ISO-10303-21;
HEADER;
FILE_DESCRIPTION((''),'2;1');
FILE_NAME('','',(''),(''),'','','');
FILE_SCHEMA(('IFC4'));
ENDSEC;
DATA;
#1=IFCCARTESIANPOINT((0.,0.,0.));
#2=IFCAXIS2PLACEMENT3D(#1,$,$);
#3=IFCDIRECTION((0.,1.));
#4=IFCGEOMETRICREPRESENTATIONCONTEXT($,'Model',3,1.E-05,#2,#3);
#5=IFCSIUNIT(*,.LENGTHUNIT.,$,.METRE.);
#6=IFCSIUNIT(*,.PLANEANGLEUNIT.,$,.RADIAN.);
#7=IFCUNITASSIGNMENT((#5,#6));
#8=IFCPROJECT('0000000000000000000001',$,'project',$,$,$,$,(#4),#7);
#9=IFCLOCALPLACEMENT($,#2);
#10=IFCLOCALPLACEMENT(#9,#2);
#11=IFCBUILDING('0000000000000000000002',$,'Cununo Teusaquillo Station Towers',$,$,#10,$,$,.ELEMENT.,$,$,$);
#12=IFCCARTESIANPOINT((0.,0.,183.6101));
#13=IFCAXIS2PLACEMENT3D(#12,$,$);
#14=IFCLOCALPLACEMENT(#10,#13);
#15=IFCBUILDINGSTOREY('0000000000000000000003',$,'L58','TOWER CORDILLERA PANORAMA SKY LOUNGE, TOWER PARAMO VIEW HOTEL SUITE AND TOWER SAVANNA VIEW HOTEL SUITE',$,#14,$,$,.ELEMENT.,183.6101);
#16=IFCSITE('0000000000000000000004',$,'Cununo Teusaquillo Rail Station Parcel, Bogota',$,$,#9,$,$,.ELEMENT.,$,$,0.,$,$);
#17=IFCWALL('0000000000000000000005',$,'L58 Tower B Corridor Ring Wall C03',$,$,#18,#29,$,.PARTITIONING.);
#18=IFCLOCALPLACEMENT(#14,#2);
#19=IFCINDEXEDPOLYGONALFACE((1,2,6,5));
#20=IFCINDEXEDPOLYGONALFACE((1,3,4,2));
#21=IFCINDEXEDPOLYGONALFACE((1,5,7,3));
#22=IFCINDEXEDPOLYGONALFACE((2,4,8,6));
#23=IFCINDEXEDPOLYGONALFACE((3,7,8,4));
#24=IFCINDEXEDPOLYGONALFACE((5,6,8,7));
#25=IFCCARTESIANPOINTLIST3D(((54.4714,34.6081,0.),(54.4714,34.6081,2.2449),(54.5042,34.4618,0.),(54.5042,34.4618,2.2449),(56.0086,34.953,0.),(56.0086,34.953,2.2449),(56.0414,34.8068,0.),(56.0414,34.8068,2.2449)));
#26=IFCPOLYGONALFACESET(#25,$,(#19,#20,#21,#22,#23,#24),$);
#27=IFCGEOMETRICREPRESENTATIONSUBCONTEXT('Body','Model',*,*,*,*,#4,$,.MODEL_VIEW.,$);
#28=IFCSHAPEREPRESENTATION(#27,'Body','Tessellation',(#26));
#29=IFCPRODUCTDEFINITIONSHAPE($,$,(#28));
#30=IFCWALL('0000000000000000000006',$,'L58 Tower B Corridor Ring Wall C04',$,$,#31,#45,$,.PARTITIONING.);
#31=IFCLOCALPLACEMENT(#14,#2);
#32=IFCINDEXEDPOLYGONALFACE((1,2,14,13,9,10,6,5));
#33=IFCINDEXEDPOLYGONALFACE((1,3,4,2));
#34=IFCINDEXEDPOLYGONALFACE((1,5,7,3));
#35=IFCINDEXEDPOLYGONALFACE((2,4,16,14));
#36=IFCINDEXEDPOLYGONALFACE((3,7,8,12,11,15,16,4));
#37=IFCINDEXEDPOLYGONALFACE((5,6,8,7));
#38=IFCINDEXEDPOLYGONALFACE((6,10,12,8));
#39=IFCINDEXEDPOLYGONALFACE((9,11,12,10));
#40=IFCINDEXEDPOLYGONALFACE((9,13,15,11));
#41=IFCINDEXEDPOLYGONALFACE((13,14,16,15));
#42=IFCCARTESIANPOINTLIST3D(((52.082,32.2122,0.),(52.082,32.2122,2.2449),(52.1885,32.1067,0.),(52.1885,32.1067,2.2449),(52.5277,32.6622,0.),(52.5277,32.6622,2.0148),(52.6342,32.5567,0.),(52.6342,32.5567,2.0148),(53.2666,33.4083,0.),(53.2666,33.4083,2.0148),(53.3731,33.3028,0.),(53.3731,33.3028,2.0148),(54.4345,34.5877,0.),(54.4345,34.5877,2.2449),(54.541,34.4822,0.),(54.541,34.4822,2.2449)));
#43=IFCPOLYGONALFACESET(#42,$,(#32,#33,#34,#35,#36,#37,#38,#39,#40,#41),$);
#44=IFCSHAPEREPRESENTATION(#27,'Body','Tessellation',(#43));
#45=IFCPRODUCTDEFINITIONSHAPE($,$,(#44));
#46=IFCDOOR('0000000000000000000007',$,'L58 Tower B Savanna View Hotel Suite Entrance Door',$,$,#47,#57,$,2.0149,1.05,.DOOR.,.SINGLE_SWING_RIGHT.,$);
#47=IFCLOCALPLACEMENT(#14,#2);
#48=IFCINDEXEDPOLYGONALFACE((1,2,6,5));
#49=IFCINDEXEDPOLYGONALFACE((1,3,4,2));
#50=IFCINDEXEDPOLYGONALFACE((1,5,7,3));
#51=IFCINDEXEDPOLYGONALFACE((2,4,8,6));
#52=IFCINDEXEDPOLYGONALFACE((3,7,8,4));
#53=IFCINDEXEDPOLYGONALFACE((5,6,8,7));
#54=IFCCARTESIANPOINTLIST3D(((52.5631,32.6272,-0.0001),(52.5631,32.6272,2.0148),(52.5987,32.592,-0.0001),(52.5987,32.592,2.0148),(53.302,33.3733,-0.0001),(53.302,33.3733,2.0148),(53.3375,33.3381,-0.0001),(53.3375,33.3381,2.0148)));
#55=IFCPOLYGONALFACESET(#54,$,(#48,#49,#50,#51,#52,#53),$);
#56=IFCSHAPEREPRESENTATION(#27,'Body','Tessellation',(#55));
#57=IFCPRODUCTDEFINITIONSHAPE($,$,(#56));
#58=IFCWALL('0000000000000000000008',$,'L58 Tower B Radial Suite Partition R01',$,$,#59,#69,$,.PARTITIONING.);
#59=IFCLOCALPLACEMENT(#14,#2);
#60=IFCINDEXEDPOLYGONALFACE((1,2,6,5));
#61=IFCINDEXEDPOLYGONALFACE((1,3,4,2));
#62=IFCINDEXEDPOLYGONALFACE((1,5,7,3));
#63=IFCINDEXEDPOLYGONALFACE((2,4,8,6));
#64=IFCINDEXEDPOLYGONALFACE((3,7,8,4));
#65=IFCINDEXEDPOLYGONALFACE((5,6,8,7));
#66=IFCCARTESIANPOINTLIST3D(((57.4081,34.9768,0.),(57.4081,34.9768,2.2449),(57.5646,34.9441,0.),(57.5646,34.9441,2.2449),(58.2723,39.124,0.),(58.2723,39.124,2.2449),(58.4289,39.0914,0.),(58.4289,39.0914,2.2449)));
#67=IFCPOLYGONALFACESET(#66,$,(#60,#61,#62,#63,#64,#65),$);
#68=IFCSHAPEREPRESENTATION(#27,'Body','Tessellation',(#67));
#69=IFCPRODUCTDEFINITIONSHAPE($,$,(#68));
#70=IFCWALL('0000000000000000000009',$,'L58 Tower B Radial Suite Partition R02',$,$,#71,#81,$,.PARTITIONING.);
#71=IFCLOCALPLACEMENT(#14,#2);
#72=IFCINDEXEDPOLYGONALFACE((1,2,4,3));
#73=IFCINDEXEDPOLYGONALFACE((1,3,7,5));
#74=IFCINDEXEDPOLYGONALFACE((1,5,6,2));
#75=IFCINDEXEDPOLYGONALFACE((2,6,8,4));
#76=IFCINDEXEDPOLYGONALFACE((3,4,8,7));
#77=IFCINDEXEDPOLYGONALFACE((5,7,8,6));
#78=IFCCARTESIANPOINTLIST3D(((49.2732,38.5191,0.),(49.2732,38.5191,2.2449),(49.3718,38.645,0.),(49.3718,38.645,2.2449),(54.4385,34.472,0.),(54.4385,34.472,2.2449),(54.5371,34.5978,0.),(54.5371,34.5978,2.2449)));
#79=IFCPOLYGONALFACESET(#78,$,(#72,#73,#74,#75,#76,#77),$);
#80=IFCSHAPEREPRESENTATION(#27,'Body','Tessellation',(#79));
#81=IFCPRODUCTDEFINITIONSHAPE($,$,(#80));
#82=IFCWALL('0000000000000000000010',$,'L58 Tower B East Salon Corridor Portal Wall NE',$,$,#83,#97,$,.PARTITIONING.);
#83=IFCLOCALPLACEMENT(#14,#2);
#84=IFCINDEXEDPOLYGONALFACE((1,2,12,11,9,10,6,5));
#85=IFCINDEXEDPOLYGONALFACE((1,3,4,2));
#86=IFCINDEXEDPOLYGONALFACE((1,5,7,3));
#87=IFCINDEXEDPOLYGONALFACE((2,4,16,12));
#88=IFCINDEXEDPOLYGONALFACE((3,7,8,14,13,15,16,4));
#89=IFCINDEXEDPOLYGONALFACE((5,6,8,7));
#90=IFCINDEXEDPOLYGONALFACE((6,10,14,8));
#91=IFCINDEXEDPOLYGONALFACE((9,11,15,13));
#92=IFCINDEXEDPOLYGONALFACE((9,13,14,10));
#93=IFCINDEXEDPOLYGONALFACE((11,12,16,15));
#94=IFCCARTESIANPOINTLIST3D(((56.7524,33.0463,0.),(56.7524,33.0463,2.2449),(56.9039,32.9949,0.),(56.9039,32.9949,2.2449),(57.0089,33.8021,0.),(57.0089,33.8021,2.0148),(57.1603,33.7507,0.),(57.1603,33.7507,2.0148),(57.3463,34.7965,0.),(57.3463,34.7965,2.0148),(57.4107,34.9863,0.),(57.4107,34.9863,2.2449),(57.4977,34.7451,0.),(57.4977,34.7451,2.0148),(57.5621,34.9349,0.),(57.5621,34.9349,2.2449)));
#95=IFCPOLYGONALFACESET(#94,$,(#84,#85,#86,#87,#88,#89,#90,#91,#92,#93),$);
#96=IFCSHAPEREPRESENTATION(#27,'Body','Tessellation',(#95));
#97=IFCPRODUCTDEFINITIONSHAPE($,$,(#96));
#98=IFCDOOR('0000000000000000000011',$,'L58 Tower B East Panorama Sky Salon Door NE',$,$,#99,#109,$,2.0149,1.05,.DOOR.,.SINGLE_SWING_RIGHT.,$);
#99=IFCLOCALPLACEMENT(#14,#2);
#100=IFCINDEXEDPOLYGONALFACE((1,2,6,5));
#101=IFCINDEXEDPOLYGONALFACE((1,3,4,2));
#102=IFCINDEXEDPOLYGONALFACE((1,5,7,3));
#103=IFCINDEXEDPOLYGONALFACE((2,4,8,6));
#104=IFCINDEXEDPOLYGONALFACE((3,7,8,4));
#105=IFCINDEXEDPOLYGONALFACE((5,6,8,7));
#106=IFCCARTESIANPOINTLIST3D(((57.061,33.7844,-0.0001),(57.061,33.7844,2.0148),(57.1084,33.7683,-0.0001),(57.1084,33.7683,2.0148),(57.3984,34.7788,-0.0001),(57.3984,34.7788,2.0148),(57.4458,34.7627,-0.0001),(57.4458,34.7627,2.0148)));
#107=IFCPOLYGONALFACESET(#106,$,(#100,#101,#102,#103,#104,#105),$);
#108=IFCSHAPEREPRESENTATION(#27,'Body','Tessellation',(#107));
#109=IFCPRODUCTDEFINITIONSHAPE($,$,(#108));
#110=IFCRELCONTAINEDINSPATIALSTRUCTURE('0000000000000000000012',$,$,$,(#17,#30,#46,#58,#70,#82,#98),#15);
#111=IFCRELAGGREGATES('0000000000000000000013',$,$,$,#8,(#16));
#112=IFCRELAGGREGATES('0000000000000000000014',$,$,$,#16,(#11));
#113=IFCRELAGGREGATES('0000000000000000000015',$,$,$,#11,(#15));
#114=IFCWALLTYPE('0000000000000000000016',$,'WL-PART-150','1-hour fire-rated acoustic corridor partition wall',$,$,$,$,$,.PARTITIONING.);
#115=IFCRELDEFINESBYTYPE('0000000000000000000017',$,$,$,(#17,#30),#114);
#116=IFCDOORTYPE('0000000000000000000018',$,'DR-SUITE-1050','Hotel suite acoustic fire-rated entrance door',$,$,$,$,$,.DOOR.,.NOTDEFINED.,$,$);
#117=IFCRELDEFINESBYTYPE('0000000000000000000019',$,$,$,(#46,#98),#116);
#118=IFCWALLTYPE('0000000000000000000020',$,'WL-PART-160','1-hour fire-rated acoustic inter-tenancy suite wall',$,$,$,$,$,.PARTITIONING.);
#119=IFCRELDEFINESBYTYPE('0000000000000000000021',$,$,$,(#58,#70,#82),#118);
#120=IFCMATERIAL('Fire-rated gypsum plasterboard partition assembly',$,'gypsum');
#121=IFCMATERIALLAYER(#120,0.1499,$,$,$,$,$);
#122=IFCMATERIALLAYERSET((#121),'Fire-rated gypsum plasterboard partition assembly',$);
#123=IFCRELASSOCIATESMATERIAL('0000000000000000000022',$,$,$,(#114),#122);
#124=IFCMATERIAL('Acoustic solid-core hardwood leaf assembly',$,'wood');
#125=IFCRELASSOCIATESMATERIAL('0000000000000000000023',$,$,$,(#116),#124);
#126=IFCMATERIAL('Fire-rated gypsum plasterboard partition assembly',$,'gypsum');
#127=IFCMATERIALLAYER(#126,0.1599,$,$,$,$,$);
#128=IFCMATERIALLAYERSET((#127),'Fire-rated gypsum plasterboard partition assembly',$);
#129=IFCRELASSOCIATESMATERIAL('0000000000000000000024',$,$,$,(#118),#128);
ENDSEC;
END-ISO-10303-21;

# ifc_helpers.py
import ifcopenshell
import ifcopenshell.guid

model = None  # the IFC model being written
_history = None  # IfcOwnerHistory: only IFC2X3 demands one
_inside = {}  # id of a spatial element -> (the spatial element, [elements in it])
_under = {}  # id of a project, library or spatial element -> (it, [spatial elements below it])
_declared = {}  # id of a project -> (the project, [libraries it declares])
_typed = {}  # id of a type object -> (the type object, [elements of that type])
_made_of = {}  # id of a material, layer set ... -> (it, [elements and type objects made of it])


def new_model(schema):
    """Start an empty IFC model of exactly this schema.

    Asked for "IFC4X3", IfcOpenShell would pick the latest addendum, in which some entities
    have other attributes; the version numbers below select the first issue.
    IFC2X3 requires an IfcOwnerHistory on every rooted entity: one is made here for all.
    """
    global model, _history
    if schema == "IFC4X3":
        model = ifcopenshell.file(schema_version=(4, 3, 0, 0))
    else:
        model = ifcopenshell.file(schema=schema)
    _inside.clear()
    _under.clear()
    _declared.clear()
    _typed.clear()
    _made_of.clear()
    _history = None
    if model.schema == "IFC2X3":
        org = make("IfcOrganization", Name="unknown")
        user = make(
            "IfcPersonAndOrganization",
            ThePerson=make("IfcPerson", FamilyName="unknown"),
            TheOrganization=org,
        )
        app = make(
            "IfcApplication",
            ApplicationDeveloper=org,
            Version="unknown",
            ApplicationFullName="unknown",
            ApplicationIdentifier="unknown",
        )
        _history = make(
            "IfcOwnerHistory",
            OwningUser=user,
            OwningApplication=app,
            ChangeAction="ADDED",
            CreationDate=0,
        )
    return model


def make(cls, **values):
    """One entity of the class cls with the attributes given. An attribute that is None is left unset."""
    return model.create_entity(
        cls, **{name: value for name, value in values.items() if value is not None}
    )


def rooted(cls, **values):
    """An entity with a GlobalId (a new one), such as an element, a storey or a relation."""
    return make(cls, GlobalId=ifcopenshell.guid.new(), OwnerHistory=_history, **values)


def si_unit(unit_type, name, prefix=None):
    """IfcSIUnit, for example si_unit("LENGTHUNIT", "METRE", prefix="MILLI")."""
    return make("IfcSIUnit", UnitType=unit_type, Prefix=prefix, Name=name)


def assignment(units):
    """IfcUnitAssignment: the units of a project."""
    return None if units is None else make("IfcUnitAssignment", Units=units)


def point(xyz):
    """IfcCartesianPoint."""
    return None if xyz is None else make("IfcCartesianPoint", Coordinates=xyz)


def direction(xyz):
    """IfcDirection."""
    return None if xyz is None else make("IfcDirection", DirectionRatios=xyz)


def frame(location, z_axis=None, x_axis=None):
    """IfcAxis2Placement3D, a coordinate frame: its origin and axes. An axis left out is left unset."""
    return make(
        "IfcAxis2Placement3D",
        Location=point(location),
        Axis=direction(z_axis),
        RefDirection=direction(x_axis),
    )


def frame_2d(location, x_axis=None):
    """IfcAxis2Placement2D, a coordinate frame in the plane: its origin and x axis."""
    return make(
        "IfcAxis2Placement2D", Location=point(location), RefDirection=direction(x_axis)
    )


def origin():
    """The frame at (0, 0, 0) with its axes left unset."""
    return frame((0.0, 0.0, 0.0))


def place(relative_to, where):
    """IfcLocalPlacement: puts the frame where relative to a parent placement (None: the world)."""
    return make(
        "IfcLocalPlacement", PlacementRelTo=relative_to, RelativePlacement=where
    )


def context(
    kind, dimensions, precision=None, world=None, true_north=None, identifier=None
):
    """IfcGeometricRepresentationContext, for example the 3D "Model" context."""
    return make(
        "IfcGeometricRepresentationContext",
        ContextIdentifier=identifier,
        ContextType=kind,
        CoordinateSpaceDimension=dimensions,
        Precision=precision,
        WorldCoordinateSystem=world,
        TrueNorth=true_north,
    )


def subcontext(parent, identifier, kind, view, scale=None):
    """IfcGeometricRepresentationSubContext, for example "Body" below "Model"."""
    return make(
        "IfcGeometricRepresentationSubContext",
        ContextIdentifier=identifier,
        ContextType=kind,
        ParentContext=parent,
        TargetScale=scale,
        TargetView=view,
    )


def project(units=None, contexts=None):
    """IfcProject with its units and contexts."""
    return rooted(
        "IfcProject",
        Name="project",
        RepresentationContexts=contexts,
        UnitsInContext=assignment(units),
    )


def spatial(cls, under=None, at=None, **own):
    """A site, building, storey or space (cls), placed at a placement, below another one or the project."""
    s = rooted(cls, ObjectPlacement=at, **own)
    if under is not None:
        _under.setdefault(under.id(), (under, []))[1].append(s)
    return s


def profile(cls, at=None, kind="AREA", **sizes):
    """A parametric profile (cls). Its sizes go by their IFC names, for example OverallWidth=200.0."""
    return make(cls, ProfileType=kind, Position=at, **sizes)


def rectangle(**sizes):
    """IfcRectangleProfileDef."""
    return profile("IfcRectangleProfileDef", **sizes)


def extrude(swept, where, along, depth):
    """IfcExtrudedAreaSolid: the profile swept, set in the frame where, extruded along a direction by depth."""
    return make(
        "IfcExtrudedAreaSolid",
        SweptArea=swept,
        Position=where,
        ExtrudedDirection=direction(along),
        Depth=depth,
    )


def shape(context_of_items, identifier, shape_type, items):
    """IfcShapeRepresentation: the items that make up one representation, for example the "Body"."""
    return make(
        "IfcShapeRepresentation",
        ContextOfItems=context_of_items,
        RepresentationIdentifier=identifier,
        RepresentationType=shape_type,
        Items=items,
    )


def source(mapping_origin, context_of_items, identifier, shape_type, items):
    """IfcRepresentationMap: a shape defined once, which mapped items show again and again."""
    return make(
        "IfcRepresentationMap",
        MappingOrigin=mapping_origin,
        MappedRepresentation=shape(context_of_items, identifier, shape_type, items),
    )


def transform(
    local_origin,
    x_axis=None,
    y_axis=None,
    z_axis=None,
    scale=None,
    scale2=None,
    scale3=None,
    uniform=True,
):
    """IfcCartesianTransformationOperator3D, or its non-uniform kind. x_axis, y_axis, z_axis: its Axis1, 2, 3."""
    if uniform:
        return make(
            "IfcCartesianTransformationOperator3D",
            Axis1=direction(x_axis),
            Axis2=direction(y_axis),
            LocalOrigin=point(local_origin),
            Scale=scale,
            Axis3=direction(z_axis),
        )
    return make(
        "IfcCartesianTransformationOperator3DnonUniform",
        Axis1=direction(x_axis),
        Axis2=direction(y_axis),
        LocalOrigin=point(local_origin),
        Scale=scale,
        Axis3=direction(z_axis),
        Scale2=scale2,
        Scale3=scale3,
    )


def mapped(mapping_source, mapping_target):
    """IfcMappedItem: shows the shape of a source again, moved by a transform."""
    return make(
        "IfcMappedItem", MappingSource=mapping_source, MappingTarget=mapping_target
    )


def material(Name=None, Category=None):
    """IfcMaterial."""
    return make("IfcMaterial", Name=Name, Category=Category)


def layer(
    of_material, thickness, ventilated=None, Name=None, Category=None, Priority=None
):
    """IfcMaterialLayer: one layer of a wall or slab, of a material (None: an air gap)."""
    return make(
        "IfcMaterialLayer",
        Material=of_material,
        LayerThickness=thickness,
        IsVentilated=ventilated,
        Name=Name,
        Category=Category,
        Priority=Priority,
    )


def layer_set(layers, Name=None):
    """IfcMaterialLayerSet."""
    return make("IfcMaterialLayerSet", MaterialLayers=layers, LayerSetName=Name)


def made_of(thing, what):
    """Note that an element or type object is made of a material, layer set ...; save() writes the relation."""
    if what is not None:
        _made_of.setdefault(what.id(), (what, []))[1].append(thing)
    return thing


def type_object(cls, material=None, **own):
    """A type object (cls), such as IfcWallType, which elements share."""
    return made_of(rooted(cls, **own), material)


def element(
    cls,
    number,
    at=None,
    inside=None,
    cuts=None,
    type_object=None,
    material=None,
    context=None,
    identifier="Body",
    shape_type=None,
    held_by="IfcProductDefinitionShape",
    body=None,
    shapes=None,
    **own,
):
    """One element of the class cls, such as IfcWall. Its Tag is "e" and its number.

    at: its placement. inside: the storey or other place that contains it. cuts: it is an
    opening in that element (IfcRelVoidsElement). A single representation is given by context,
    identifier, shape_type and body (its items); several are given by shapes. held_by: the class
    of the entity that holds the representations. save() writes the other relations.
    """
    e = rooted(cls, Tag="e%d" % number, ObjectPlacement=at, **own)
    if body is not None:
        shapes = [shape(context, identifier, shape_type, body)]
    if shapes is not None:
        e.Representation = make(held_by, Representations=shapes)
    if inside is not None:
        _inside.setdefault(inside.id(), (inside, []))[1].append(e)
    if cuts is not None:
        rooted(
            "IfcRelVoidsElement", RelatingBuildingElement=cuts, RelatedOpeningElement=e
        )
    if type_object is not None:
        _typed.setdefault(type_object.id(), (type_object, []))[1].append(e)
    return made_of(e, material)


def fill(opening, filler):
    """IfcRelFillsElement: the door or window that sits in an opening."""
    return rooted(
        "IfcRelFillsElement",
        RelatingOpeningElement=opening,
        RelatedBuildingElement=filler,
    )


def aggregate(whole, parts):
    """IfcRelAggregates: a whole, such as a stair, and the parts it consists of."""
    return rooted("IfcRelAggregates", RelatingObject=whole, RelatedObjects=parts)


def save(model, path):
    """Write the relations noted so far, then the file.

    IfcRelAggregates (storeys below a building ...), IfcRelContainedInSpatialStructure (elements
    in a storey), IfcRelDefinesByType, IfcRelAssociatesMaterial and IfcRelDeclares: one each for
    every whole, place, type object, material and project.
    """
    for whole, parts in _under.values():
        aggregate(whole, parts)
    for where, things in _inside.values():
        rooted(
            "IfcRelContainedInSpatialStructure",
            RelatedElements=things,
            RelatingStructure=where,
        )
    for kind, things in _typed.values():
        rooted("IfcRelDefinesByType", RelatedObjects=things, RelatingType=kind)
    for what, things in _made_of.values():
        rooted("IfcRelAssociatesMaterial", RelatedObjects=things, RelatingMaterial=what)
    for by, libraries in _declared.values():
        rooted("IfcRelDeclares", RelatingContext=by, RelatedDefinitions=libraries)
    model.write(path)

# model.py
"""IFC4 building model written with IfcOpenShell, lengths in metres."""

from ifc_helpers import new_model, si_unit, direction, frame, frame_2d, origin, place, context, subcontext, project, spatial, rectangle, extrude, source, transform, mapped, material, layer, layer_set, type_object, element, fill, save


model = new_model("IFC4")

# Units and contexts
model_context = context("Model", 3, precision=1e-05, world=origin(), true_north=direction((0.0, 1.0)))
body_context = subcontext(model_context, "Body", "Model", "MODEL_VIEW")
ifc_project = project(units=[si_unit("LENGTHUNIT", "METRE"), si_unit("PLANEANGLEUNIT", "RADIAN")], contexts=[model_context])

# Site, building, storey
site_placement = place(None, origin())
site = spatial("IfcSite", under=ifc_project, at=site_placement, Name="Cununo Teusaquillo Rail Station Parcel, Bogota", CompositionType="ELEMENT", RefElevation=0.0)
building_placement = place(site_placement, origin())
building = spatial("IfcBuilding", under=site, at=building_placement, Name="Cununo Teusaquillo Station Towers", CompositionType="ELEMENT")
storey_placement = place(building_placement, frame((0.0, 0.0, 183.6101)))
storey = spatial("IfcBuildingStorey", under=building, at=storey_placement, Name="L58", Description="TOWER CORDILLERA PANORAMA SKY LOUNGE, TOWER PARAMO VIEW HOTEL SUITE AND TOWER SAVANNA VIEW HOTEL SUITE", CompositionType="ELEMENT", Elevation=183.6101)

# Shared definitions
ifc_material_1 = material(Name="Fire-rated gypsum plasterboard partition assembly", Category="gypsum")
ifc_layer_1 = layer(ifc_material_1, 0.1499)
ifc_layer_set_1 = layer_set([ifc_layer_1], Name="Fire-rated gypsum plasterboard partition assembly")
wall_type_1 = type_object("IfcWallType", Name="WL-PART-150", Description="1-hour fire-rated acoustic corridor partition wall", PredefinedType="PARTITIONING", material=ifc_layer_set_1)
shared_shape_1 = source(origin(), body_context, "Body", "SweptSolid", [
    extrude(rectangle(XDim=1.05, YDim=2.0149, at=frame_2d((0.5249, 1.0073))), frame((0.0, 0.085, 0.0), z_axis=(0.0, -1.0, 0.0), x_axis=(1.0, 0.0, 0.0)), (0.0, 0.0, 1.0), 0.1699),
])
ifc_material_2 = material(Name="Acoustic solid-core hardwood leaf assembly", Category="wood")
door_type_1 = type_object("IfcDoorType", Name="DR-SUITE-1050", Description="Hotel suite acoustic fire-rated entrance door", OperationType="NOTDEFINED", PredefinedType="DOOR", material=ifc_material_2)
shared_shape_2 = source(origin(), body_context, "Body", "SweptSolid", [
    extrude(rectangle(XDim=1.05, YDim=2.0149, at=frame_2d((0.5249, 1.0073))), frame((0.0, 0.0249, 0.0), z_axis=(0.0, -1.0, 0.0), x_axis=(1.0, 0.0, 0.0)), (0.0, 0.0, 1.0), 0.05),
])

# Wall
wall_1_placement = place(storey_placement, frame((56.0249, 34.8799, 0.0), z_axis=(0.0, 0.0, 1.0), x_axis=(-0.975729, -0.218981, 0.0)))
element("IfcWall", 1, at=wall_1_placement, inside=storey, type_object=wall_type_1, Name="L58 Tower B Corridor Ring Wall C03", PredefinedType="PARTITIONING", context=body_context, shape_type="SweptSolid", body=[
    extrude(rectangle(XDim=1.5754, YDim=0.1499, at=frame_2d((0.7876, 0.0))), origin(), (0.0, 0.0, 1.0), 2.2449),
])

# Wall, opening, door
wall_2_placement = place(storey_placement, frame((54.4878, 34.5349, 0.0), z_axis=(0.0, 0.0, 1.0), x_axis=(-0.703666, -0.710531, 0.0)))
wall_2 = element("IfcWall", 2, at=wall_2_placement, inside=storey, type_object=wall_type_1, Name="L58 Tower B Corridor Ring Wall C04", PredefinedType="PARTITIONING", context=body_context, shape_type="SweptSolid", body=[
    extrude(rectangle(XDim=3.3433, YDim=0.1499, at=frame_2d((1.6716, 0.0))), origin(), (0.0, 0.0, 1.0), 2.2449),
])
opening_1_placement = place(wall_2_placement, frame((1.6599, 0.0, 0.0)))
opening_1 = element("IfcOpeningElement", 3, at=opening_1_placement, cuts=wall_2, PredefinedType="OPENING", context=body_context, shape_type="MappedRepresentation", body=[
    mapped(shared_shape_1, transform((0.0, 0.0, 0.0), x_axis=(1.0, 0.0, 0.0), y_axis=(0.0, 1.0, 0.0), z_axis=(0.0, 0.0, 1.0), scale=1.0)),
])
door_1_placement = place(opening_1_placement, origin())
door_1 = element("IfcDoor", 4, at=door_1_placement, inside=storey, type_object=door_type_1, Name="L58 Tower B Savanna View Hotel Suite Entrance Door", OperationType="SINGLE_SWING_RIGHT", OverallHeight=2.0149, OverallWidth=1.05, PredefinedType="DOOR", context=body_context, shape_type="MappedRepresentation", body=[
    mapped(shared_shape_2, transform((0.0, 0.0, 0.0), x_axis=(1.0, 0.0, 0.0), y_axis=(0.0, 1.0, 0.0), z_axis=(0.0, 0.0, 1.0), scale=1.0)),
])
fill(opening_1, door_1)

# Walls
ifc_material_3 = material(Name="Fire-rated gypsum plasterboard partition assembly", Category="gypsum")
ifc_layer_2 = layer(ifc_material_3, 0.1599)
ifc_layer_set_2 = layer_set([ifc_layer_2], Name="Fire-rated gypsum plasterboard partition assembly")
wall_type_2 = type_object("IfcWallType", Name="WL-PART-160", Description="1-hour fire-rated acoustic inter-tenancy suite wall", PredefinedType="PARTITIONING", material=ifc_layer_set_2)
wall_3_placement = place(storey_placement, frame((57.4863, 34.9604, 0.0), z_axis=(0.0, 0.0, 1.0), x_axis=(0.204012, 0.978968, 0.0)))
element("IfcWall", 5, at=wall_3_placement, inside=storey, type_object=wall_type_2, Name="L58 Tower B Radial Suite Partition R01", PredefinedType="PARTITIONING", context=body_context, shape_type="SweptSolid", body=[
    extrude(rectangle(XDim=4.2363, YDim=0.1599, at=frame_2d((2.1182, 0.0))), origin(), (0.0, 0.0, 1.0), 2.2449),
])
wall_4_placement = place(storey_placement, frame((54.4878, 34.5349, 0.0), z_axis=(0.0, 0.0, 1.0), x_axis=(-0.787156, 0.616755, 0.0)))
element("IfcWall", 6, at=wall_4_placement, inside=storey, type_object=wall_type_2, Name="L58 Tower B Radial Suite Partition R02", PredefinedType="PARTITIONING", context=body_context, shape_type="SweptSolid", body=[
    extrude(rectangle(XDim=6.562, YDim=0.1599, at=frame_2d((3.281, 0.0))), origin(), (0.0, 0.0, 1.0), 2.2449),
])

# Wall, opening, door
wall_5_placement = place(storey_placement, frame((56.8281, 33.0205, 0.0), z_axis=(0.0, 0.0, 1.0), x_axis=(0.3213, 0.946977, 0.0)))
wall_5 = element("IfcWall", 7, at=wall_5_placement, inside=storey, type_object=wall_type_2, Name="L58 Tower B East Salon Corridor Portal Wall NE", PredefinedType="PARTITIONING", context=body_context, shape_type="SweptSolid", body=[
    extrude(rectangle(XDim=2.0486, YDim=0.1599, at=frame_2d((1.0244, 0.0))), origin(), (0.0, 0.0, 1.0), 2.2449),
])
shared_shape_3 = source(origin(), body_context, "Body", "SweptSolid", [
    extrude(rectangle(XDim=1.05, YDim=2.0149, at=frame_2d((0.5249, 1.0073))), frame((0.0, 0.0898, 0.0), z_axis=(0.0, -1.0, 0.0), x_axis=(1.0, 0.0, 0.0)), (0.0, 0.0, 1.0), 0.1799),
])
opening_2_placement = place(wall_5_placement, frame((0.7983, 0.0, 0.0)))
opening_2 = element("IfcOpeningElement", 8, at=opening_2_placement, cuts=wall_5, PredefinedType="OPENING", context=body_context, shape_type="MappedRepresentation", body=[
    mapped(shared_shape_3, transform((0.0, 0.0, 0.0), x_axis=(1.0, 0.0, 0.0), y_axis=(0.0, 1.0, 0.0), z_axis=(0.0, 0.0, 1.0), scale=1.0)),
])
door_2_placement = place(opening_2_placement, origin())
door_2 = element("IfcDoor", 9, at=door_2_placement, inside=storey, type_object=door_type_1, Name="L58 Tower B East Panorama Sky Salon Door NE", OperationType="SINGLE_SWING_RIGHT", OverallHeight=2.0149, OverallWidth=1.05, PredefinedType="DOOR", context=body_context, shape_type="MappedRepresentation", body=[
    mapped(shared_shape_2, transform((0.0, 0.0, 0.0), x_axis=(1.0, 0.0, 0.0), y_axis=(0.0, 1.0, 0.0), z_axis=(0.0, 0.0, 1.0), scale=1.0)),
])
fill(opening_2, door_2)

save(model, "model.ifc")
